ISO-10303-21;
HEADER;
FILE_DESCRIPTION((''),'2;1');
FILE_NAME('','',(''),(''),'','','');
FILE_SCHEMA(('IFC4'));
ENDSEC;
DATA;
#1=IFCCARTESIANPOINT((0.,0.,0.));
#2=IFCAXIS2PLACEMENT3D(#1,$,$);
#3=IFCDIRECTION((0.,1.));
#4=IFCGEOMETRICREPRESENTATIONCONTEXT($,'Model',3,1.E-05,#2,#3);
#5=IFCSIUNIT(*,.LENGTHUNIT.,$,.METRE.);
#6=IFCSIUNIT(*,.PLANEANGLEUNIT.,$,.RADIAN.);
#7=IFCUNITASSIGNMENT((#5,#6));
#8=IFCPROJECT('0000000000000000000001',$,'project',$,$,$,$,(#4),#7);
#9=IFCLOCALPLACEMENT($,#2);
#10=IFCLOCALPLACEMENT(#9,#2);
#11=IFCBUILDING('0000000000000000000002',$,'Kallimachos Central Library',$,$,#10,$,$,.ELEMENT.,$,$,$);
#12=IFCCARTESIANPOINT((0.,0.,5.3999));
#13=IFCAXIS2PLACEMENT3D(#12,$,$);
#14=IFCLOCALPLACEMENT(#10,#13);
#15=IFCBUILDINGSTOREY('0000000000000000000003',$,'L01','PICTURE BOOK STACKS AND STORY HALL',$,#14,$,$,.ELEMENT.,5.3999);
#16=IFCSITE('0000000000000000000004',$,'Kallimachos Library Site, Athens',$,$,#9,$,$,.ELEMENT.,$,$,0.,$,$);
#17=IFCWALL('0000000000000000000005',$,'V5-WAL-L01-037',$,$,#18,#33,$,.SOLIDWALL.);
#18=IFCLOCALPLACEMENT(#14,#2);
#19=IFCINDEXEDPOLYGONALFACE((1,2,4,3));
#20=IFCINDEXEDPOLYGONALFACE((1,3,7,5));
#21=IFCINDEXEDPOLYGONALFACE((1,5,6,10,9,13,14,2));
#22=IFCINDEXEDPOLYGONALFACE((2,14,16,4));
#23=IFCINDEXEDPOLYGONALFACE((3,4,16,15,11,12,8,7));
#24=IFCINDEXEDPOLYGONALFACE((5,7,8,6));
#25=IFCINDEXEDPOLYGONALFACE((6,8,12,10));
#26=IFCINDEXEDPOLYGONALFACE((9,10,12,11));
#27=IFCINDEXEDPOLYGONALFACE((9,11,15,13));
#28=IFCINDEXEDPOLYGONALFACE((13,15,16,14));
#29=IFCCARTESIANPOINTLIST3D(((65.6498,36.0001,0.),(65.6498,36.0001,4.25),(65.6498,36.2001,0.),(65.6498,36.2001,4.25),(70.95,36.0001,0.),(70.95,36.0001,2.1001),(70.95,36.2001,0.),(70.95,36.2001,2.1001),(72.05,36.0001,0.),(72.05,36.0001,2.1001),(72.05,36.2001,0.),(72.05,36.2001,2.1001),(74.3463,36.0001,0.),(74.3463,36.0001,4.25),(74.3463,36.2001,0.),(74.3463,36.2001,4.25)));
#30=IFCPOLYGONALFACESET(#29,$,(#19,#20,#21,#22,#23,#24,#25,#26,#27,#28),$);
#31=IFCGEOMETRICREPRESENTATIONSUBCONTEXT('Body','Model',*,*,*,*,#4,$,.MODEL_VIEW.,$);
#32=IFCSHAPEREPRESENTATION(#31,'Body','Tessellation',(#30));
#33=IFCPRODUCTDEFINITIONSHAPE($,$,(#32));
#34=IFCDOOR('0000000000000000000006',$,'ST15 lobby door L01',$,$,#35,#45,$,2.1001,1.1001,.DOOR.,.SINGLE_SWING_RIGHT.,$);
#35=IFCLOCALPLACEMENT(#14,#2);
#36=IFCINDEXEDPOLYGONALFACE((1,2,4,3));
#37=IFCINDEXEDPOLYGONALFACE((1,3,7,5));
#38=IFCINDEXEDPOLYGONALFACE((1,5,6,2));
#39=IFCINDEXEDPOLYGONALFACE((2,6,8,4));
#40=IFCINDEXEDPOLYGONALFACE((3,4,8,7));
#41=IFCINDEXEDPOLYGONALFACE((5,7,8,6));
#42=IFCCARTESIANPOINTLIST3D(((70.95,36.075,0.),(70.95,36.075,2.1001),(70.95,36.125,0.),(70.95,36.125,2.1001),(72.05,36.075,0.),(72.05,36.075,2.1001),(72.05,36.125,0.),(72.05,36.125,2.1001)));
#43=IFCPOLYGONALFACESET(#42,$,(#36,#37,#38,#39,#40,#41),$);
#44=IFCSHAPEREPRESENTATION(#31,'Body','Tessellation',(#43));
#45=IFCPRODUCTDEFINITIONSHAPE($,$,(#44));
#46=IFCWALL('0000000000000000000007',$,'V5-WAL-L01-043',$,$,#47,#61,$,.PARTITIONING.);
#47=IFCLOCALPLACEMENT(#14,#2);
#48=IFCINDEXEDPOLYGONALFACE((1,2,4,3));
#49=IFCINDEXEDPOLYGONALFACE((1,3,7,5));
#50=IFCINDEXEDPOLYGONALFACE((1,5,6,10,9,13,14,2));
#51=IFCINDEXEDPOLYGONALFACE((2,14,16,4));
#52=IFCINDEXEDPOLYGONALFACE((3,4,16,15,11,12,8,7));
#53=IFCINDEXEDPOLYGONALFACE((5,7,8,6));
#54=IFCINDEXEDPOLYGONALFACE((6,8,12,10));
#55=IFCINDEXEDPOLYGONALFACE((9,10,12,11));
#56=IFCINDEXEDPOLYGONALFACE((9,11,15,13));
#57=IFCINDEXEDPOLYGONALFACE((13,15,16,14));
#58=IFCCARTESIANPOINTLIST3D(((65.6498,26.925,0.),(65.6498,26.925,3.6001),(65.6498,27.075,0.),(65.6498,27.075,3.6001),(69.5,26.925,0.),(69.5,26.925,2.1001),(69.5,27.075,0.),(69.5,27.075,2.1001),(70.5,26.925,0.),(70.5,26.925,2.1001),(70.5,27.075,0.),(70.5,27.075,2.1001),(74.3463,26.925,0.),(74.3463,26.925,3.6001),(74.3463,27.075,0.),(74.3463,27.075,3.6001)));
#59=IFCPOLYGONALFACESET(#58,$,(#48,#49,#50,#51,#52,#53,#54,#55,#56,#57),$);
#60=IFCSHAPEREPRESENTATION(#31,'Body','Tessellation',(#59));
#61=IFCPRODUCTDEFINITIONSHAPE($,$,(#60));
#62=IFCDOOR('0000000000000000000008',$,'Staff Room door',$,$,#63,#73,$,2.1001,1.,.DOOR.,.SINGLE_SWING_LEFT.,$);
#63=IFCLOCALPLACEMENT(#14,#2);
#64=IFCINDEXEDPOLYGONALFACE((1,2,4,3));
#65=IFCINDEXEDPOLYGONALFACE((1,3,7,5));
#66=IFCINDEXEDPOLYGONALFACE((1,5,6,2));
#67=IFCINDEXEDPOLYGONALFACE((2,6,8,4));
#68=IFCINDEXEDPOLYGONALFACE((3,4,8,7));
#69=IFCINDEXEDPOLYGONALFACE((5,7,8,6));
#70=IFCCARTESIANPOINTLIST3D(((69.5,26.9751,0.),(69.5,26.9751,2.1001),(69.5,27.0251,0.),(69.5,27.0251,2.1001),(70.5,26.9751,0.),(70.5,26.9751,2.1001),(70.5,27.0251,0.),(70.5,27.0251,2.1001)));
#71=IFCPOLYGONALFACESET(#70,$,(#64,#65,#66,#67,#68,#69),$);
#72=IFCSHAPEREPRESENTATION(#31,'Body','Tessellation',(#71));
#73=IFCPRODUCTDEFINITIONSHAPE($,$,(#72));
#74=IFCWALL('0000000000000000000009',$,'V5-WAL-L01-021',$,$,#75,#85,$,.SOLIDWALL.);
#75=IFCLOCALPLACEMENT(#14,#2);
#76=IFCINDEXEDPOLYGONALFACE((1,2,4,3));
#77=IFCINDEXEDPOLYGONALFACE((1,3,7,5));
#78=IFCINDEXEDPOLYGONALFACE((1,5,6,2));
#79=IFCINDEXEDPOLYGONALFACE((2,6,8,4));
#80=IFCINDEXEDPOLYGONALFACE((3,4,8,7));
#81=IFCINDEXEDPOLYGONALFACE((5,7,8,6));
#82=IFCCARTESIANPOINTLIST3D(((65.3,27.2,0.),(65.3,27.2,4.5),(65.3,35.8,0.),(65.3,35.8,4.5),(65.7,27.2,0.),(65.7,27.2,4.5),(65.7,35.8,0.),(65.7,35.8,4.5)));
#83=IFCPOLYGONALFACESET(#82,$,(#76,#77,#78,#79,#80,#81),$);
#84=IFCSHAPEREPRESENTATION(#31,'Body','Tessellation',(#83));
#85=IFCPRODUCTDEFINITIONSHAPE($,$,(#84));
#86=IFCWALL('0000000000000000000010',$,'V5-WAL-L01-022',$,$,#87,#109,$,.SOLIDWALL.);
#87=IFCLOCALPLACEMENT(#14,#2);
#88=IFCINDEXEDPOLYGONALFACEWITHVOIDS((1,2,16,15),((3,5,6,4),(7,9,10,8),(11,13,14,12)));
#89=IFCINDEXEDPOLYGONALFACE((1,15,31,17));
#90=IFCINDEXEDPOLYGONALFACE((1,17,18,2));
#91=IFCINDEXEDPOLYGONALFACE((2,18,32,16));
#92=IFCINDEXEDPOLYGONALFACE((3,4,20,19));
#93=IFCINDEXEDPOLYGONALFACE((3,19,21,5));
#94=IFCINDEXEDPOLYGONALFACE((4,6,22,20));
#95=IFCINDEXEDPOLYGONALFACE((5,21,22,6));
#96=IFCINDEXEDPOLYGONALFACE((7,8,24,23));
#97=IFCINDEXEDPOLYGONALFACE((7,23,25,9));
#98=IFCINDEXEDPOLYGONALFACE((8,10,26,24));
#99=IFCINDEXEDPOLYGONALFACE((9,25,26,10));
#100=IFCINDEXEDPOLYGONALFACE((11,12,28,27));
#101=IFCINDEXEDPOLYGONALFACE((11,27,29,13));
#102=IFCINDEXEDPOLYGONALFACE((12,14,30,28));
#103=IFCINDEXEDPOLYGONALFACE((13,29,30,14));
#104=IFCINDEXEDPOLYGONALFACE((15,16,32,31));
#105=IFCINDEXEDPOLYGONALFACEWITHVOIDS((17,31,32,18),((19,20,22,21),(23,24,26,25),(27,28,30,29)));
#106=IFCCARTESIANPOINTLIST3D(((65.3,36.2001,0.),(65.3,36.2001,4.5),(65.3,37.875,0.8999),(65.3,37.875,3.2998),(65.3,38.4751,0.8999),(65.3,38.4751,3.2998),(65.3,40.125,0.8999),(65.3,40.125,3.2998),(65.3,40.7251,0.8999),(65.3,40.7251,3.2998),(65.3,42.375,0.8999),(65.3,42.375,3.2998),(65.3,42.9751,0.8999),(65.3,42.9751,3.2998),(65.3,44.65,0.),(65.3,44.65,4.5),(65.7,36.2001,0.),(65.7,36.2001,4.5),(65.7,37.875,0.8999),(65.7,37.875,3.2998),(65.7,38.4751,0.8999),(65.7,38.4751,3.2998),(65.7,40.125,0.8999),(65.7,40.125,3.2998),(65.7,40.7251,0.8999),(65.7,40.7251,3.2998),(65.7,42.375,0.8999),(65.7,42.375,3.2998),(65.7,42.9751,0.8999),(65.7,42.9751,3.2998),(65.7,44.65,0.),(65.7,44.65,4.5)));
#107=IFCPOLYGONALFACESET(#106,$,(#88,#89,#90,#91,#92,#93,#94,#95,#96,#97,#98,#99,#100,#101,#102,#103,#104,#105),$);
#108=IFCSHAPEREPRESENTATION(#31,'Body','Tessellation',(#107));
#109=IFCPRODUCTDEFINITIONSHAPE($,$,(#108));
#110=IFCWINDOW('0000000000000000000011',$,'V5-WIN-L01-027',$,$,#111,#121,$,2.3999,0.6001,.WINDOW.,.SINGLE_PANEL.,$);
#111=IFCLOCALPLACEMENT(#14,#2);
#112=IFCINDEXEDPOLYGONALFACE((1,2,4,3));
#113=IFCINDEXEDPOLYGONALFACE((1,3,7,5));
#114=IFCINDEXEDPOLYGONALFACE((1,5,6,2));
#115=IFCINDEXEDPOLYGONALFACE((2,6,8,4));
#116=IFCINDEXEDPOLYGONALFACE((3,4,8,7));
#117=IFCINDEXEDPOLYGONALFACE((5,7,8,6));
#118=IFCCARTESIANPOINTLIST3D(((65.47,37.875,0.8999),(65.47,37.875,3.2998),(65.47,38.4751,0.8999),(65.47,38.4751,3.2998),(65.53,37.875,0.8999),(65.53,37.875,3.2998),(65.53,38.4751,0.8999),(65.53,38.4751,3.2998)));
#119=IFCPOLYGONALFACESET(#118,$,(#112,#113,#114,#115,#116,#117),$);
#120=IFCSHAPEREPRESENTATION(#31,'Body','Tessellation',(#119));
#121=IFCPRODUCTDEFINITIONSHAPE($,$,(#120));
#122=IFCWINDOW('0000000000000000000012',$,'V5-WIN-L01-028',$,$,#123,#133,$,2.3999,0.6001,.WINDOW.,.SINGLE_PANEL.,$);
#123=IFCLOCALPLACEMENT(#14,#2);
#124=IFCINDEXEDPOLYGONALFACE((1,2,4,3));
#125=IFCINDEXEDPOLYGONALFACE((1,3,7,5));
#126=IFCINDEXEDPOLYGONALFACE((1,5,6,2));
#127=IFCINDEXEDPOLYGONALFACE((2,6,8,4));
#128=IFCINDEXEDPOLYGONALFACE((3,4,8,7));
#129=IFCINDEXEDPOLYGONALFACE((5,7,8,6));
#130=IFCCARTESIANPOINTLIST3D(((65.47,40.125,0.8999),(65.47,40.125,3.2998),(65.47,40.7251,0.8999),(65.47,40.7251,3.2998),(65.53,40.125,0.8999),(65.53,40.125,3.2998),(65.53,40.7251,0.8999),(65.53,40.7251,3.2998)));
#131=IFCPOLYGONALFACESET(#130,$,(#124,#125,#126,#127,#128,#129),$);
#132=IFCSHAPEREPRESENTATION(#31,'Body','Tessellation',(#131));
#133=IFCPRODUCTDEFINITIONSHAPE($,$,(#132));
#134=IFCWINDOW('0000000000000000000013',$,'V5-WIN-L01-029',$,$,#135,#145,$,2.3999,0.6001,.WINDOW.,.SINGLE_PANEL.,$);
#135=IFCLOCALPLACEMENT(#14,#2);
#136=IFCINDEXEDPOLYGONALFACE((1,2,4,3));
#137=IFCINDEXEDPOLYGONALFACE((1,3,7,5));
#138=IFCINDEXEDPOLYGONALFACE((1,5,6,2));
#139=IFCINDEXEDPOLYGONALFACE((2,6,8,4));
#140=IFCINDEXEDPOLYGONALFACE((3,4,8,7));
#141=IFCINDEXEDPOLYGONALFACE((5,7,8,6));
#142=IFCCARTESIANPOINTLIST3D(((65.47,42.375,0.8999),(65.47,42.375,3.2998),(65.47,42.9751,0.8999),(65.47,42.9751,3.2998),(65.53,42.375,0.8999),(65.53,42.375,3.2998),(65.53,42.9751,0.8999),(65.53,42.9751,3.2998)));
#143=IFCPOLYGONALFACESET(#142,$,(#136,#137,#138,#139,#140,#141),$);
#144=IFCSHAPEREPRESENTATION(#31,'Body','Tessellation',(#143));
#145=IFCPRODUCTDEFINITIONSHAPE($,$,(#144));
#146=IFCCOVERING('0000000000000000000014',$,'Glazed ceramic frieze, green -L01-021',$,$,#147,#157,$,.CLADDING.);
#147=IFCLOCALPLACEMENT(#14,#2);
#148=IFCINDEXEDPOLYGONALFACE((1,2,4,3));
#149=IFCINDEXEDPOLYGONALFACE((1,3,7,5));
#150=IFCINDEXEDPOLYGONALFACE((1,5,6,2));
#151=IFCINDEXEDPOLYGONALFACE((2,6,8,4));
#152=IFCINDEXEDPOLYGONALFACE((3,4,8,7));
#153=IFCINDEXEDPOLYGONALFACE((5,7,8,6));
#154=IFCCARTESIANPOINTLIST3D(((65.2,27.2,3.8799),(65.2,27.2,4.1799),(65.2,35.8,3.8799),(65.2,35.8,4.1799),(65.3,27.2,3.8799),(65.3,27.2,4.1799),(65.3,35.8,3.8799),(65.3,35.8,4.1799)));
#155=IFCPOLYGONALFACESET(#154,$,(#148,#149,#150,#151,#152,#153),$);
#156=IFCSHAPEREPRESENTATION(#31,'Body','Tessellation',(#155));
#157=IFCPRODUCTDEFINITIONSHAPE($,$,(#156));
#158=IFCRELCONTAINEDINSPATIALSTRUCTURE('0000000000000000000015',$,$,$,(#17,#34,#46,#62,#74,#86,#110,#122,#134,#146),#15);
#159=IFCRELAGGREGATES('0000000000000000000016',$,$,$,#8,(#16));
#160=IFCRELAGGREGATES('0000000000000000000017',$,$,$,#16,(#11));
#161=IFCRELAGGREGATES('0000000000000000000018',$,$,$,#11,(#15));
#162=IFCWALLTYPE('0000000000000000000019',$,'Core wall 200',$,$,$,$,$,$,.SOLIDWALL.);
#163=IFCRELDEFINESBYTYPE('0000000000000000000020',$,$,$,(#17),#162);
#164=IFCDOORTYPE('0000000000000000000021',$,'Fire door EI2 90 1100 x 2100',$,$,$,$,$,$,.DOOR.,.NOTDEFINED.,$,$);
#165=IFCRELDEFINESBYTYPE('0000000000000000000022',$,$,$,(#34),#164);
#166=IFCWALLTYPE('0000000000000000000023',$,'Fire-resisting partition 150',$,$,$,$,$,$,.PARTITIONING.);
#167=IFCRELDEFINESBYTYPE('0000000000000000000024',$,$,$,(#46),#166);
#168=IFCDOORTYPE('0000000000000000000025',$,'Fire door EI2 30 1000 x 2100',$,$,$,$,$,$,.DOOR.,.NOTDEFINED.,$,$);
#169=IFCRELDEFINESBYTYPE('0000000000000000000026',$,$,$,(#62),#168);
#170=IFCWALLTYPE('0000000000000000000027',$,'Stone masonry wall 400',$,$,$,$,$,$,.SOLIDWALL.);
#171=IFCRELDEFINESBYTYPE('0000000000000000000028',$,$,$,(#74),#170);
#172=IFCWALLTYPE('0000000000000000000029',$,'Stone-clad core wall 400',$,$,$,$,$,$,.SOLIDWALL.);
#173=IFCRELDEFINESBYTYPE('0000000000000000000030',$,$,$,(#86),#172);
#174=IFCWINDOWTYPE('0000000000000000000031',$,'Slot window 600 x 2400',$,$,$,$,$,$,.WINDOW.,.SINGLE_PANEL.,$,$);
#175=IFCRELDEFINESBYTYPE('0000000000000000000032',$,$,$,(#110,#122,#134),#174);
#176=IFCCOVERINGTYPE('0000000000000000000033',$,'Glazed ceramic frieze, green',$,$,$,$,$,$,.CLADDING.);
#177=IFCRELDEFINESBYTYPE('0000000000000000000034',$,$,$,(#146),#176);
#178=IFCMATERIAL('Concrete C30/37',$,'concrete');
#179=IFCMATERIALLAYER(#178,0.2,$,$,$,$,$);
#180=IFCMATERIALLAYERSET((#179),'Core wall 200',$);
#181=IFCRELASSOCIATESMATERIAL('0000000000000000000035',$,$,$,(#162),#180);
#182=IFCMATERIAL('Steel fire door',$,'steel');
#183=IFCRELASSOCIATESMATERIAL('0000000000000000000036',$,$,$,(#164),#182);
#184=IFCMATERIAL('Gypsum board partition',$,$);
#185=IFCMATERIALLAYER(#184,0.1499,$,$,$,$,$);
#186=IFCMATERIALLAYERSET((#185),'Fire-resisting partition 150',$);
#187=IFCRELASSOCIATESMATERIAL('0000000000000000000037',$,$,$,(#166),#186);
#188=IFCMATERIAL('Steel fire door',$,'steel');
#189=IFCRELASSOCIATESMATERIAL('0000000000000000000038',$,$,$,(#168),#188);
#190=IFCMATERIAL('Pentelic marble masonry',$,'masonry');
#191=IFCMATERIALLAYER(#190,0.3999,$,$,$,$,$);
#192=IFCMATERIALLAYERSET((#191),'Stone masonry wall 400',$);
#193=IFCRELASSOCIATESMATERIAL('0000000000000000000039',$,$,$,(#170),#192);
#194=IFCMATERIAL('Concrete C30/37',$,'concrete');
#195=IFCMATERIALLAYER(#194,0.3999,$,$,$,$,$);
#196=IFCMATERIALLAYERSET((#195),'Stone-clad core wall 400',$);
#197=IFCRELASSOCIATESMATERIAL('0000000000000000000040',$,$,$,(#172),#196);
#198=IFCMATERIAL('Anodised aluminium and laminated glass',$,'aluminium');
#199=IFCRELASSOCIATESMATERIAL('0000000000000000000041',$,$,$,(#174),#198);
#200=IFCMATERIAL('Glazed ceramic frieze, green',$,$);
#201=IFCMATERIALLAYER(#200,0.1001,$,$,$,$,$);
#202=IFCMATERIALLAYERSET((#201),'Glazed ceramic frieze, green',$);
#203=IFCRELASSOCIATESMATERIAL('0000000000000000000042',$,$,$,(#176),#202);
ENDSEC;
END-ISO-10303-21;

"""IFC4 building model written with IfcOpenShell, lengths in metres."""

from ifc_helpers import new_model, si_unit, direction, frame, frame_2d, origin, origin_2d, place, context, subcontext, project, spatial, rectangle, extrude, material, layer, layer_set, type_object, element, fill, save


model = new_model("IFC4")

# Units and contexts
model_context = context("Model", 3, precision=1e-05, world=origin(), true_north=direction((0.0, 1.0)))
body_context = subcontext(model_context, "Body", "Model", "MODEL_VIEW")
ifc_project = project(units=[si_unit("LENGTHUNIT", "METRE"), si_unit("PLANEANGLEUNIT", "RADIAN")], contexts=[model_context])

# Site, building, storey
site_placement = place(None, origin())
site = spatial("IfcSite", under=ifc_project, at=site_placement, Name="Kallimachos Library Site, Athens", CompositionType="ELEMENT", RefElevation=0.0)
building_placement = place(site_placement, origin())
building = spatial("IfcBuilding", under=site, at=building_placement, Name="Kallimachos Central Library", CompositionType="ELEMENT")
storey_placement = place(building_placement, frame((0.0, 0.0, 5.3999)))
storey = spatial("IfcBuildingStorey", under=building, at=storey_placement, Name="L01", Description="PICTURE BOOK STACKS AND STORY HALL", CompositionType="ELEMENT", Elevation=5.3999)

# Walls, openings, doors
ifc_material_1 = material(Name="Concrete C30/37", Category="concrete")
ifc_layer_1 = layer(ifc_material_1, 0.2)
ifc_layer_set_1 = layer_set([ifc_layer_1], Name="Core wall 200")
wall_type_1 = type_object("IfcWallType", Name="Core wall 200", PredefinedType="SOLIDWALL", material=ifc_layer_set_1)
wall_1_placement = place(storey_placement, frame((65.6499, 36.1001, 0.0), z_axis=(0.0, 0.0, 1.0), x_axis=(1.0, 0.0, 0.0)))
wall_1 = element("IfcWall", 1, at=wall_1_placement, inside=storey, type_object=wall_type_1, Name="V5-WAL-L01-037", PredefinedType="SOLIDWALL", context=body_context, shape_type="SweptSolid", body=[
    extrude(rectangle(XDim=8.6965, YDim=0.2, at=frame_2d((4.3481, 0.0))), origin(), (0.0, 0.0, 1.0), 4.25),
])
opening_1_placement = place(wall_1_placement, frame((5.3, 0.0, 0.0)))
opening_1 = element("IfcOpeningElement", 2, at=opening_1_placement, cuts=wall_1, PredefinedType="OPENING", context=body_context, shape_type="SweptSolid", body=[
    extrude(rectangle(XDim=1.1001, YDim=2.1001, at=frame_2d((0.55, 1.05))), frame((0.0, 0.1099, 0.0), z_axis=(0.0, -1.0, 0.0), x_axis=(1.0, 0.0, 0.0)), (0.0, 0.0, 1.0), 0.22),
])
ifc_material_2 = material(Name="Steel fire door", Category="steel")
door_type_1 = type_object("IfcDoorType", Name="Fire door EI2 90 1100 x 2100", OperationType="NOTDEFINED", PredefinedType="DOOR", material=ifc_material_2)
door_1_placement = place(opening_1_placement, origin())
door_1 = element("IfcDoor", 3, at=door_1_placement, inside=storey, type_object=door_type_1, Name="ST15 lobby door L01", OperationType="SINGLE_SWING_RIGHT", OverallHeight=2.1001, OverallWidth=1.1001, PredefinedType="DOOR", context=body_context, shape_type="SweptSolid", body=[
    extrude(rectangle(XDim=1.1001, YDim=2.1001, at=frame_2d((0.55, 1.05))), frame((0.0, 0.0249, 0.0), z_axis=(0.0, -1.0, 0.0), x_axis=(1.0, 0.0, 0.0)), (0.0, 0.0, 1.0), 0.05),
])
fill(opening_1, door_1)
ifc_material_3 = material(Name="Gypsum board partition")
ifc_layer_2 = layer(ifc_material_3, 0.1499)
ifc_layer_set_2 = layer_set([ifc_layer_2], Name="Fire-resisting partition 150")
wall_type_2 = type_object("IfcWallType", Name="Fire-resisting partition 150", PredefinedType="PARTITIONING", material=ifc_layer_set_2)
wall_2_placement = place(storey_placement, frame((65.6499, 27.0, 0.0), z_axis=(0.0, 0.0, 1.0), x_axis=(1.0, 0.0, 0.0)))
wall_2 = element("IfcWall", 4, at=wall_2_placement, inside=storey, type_object=wall_type_2, Name="V5-WAL-L01-043", PredefinedType="PARTITIONING", context=body_context, shape_type="SweptSolid", body=[
    extrude(rectangle(XDim=8.6965, YDim=0.1499, at=frame_2d((4.3481, 0.0))), origin(), (0.0, 0.0, 1.0), 3.6001),
])
opening_2_placement = place(wall_2_placement, frame((3.8501, 0.0, 0.0)))
opening_2 = element("IfcOpeningElement", 5, at=opening_2_placement, cuts=wall_2, PredefinedType="OPENING", context=body_context, shape_type="SweptSolid", body=[
    extrude(rectangle(XDim=1.0, YDim=2.1001, at=frame_2d((0.5, 1.05))), frame((0.0, 0.085, 0.0), z_axis=(0.0, -1.0, 0.0), x_axis=(1.0, 0.0, 0.0)), (0.0, 0.0, 1.0), 0.1699),
])
ifc_material_4 = material(Name="Steel fire door", Category="steel")
door_type_2 = type_object("IfcDoorType", Name="Fire door EI2 30 1000 x 2100", OperationType="NOTDEFINED", PredefinedType="DOOR", material=ifc_material_4)
door_2_placement = place(opening_2_placement, frame((1.0, 0.0, 0.0), z_axis=(0.0, 0.0, 1.0), x_axis=(-1.0, 0.0, 0.0)))
door_2 = element("IfcDoor", 6, at=door_2_placement, inside=storey, type_object=door_type_2, Name="Staff Room door", OperationType="SINGLE_SWING_LEFT", OverallHeight=2.1001, OverallWidth=1.0, PredefinedType="DOOR", context=body_context, shape_type="SweptSolid", body=[
    extrude(rectangle(XDim=1.0, YDim=2.1001, at=frame_2d((0.5, 1.05))), frame((0.0, 0.0249, 0.0), z_axis=(0.0, -1.0, 0.0), x_axis=(1.0, 0.0, 0.0)), (0.0, 0.0, 1.0), 0.05),
])
fill(opening_2, door_2)

# Wall
ifc_material_5 = material(Name="Pentelic marble masonry", Category="masonry")
ifc_layer_3 = layer(ifc_material_5, 0.3999)
ifc_layer_set_3 = layer_set([ifc_layer_3], Name="Stone masonry wall 400")
wall_type_3 = type_object("IfcWallType", Name="Stone masonry wall 400", PredefinedType="SOLIDWALL", material=ifc_layer_set_3)
wall_3_placement = place(storey_placement, frame((65.5, 27.2, 0.0), z_axis=(0.0, 0.0, 1.0), x_axis=(0.0, 1.0, 0.0)))
element("IfcWall", 7, at=wall_3_placement, inside=storey, type_object=wall_type_3, Name="V5-WAL-L01-021", PredefinedType="SOLIDWALL", context=body_context, shape_type="SweptSolid", body=[
    extrude(rectangle(XDim=8.6001, YDim=0.3999, at=frame_2d((4.3, 0.0))), origin(), (0.0, 0.0, 1.0), 4.5),
])

# Wall, openings, windows
ifc_material_6 = material(Name="Concrete C30/37", Category="concrete")
ifc_layer_4 = layer(ifc_material_6, 0.3999)
ifc_layer_set_4 = layer_set([ifc_layer_4], Name="Stone-clad core wall 400")
wall_type_4 = type_object("IfcWallType", Name="Stone-clad core wall 400", PredefinedType="SOLIDWALL", material=ifc_layer_set_4)
wall_4_placement = place(storey_placement, frame((65.5, 36.2, 0.0), z_axis=(0.0, 0.0, 1.0), x_axis=(0.0, 1.0, 0.0)))
wall_4 = element("IfcWall", 8, at=wall_4_placement, inside=storey, type_object=wall_type_4, Name="V5-WAL-L01-022", PredefinedType="SOLIDWALL", context=body_context, shape_type="SweptSolid", body=[
    extrude(rectangle(XDim=8.45, YDim=0.3999, at=frame_2d((4.2251, 0.0))), origin(), (0.0, 0.0, 1.0), 4.5),
])
opening_3_placement = place(wall_4_placement, frame((1.675, 0.0, 0.8999)))
opening_3 = element("IfcOpeningElement", 9, at=opening_3_placement, cuts=wall_4, PredefinedType="OPENING", context=body_context, shape_type="SweptSolid", body=[
    extrude(rectangle(XDim=0.6001, YDim=2.3999, at=frame_2d((0.3, 1.2))), frame((0.0, 0.21, 0.0), z_axis=(0.0, -1.0, 0.0), x_axis=(1.0, 0.0, 0.0)), (0.0, 0.0, 1.0), 0.4199),
])
opening_4_placement = place(wall_4_placement, frame((3.925, 0.0, 0.8999)))
opening_4 = element("IfcOpeningElement", 10, at=opening_4_placement, cuts=wall_4, PredefinedType="OPENING", context=body_context, shape_type="SweptSolid", body=[
    extrude(rectangle(XDim=0.6001, YDim=2.3999, at=frame_2d((0.3, 1.2))), frame((0.0, 0.21, 0.0), z_axis=(0.0, -1.0, 0.0), x_axis=(1.0, 0.0, 0.0)), (0.0, 0.0, 1.0), 0.4199),
])
opening_5_placement = place(wall_4_placement, frame((6.175, 0.0, 0.8999)))
opening_5 = element("IfcOpeningElement", 11, at=opening_5_placement, cuts=wall_4, PredefinedType="OPENING", context=body_context, shape_type="SweptSolid", body=[
    extrude(rectangle(XDim=0.6001, YDim=2.3999, at=frame_2d((0.3, 1.2))), frame((0.0, 0.21, 0.0), z_axis=(0.0, -1.0, 0.0), x_axis=(1.0, 0.0, 0.0)), (0.0, 0.0, 1.0), 0.4199),
])
ifc_material_7 = material(Name="Anodised aluminium and laminated glass", Category="aluminium")
window_type = type_object("IfcWindowType", Name="Slot window 600 x 2400", PartitioningType="SINGLE_PANEL", PredefinedType="WINDOW", material=ifc_material_7)
window_1_placement = place(opening_3_placement, origin())
window_1 = element("IfcWindow", 12, at=window_1_placement, inside=storey, type_object=window_type, Name="V5-WIN-L01-027", OverallHeight=2.3999, OverallWidth=0.6001, PartitioningType="SINGLE_PANEL", PredefinedType="WINDOW", context=body_context, shape_type="SweptSolid", body=[
    extrude(rectangle(XDim=0.6001, YDim=2.3999, at=frame_2d((0.3, 1.2))), frame((0.0, 0.03, 0.0), z_axis=(0.0, -1.0, 0.0), x_axis=(1.0, 0.0, 0.0)), (0.0, 0.0, 1.0), 0.0601),
])
fill(opening_3, window_1)
window_2_placement = place(opening_4_placement, origin())
window_2 = element("IfcWindow", 13, at=window_2_placement, inside=storey, type_object=window_type, Name="V5-WIN-L01-028", OverallHeight=2.3999, OverallWidth=0.6001, PartitioningType="SINGLE_PANEL", PredefinedType="WINDOW", context=body_context, shape_type="SweptSolid", body=[
    extrude(rectangle(XDim=0.6001, YDim=2.3999, at=frame_2d((0.3, 1.2))), frame((0.0, 0.03, 0.0), z_axis=(0.0, -1.0, 0.0), x_axis=(1.0, 0.0, 0.0)), (0.0, 0.0, 1.0), 0.0601),
])
fill(opening_4, window_2)
window_3_placement = place(opening_5_placement, origin())
window_3 = element("IfcWindow", 14, at=window_3_placement, inside=storey, type_object=window_type, Name="V5-WIN-L01-029", OverallHeight=2.3999, OverallWidth=0.6001, PartitioningType="SINGLE_PANEL", PredefinedType="WINDOW", context=body_context, shape_type="SweptSolid", body=[
    extrude(rectangle(XDim=0.6001, YDim=2.3999, at=frame_2d((0.3, 1.2))), frame((0.0, 0.03, 0.0), z_axis=(0.0, -1.0, 0.0), x_axis=(1.0, 0.0, 0.0)), (0.0, 0.0, 1.0), 0.0601),
])
fill(opening_5, window_3)

# Covering
ifc_material_8 = material(Name="Glazed ceramic frieze, green")
ifc_layer_5 = layer(ifc_material_8, 0.1001)
ifc_layer_set_5 = layer_set([ifc_layer_5], Name="Glazed ceramic frieze, green")
covering_type_1 = type_object("IfcCoveringType", Name="Glazed ceramic frieze, green", PredefinedType="CLADDING", material=ifc_layer_set_5)
covering_1_placement = place(storey_placement, frame((65.25, 31.5, 3.8799), z_axis=(0.0, 0.0, 1.0), x_axis=(1.0, 0.0, 0.0)))
element("IfcCovering", 15, at=covering_1_placement, inside=storey, type_object=covering_type_1, Name="Glazed ceramic frieze, green -L01-021", PredefinedType="CLADDING", context=body_context, shape_type="SweptSolid", body=[
    extrude(rectangle(XDim=0.1001, YDim=8.6001, at=origin_2d()), origin(), (0.0, 0.0, 1.0), 0.3),
])

save(model, "model.ifc")
